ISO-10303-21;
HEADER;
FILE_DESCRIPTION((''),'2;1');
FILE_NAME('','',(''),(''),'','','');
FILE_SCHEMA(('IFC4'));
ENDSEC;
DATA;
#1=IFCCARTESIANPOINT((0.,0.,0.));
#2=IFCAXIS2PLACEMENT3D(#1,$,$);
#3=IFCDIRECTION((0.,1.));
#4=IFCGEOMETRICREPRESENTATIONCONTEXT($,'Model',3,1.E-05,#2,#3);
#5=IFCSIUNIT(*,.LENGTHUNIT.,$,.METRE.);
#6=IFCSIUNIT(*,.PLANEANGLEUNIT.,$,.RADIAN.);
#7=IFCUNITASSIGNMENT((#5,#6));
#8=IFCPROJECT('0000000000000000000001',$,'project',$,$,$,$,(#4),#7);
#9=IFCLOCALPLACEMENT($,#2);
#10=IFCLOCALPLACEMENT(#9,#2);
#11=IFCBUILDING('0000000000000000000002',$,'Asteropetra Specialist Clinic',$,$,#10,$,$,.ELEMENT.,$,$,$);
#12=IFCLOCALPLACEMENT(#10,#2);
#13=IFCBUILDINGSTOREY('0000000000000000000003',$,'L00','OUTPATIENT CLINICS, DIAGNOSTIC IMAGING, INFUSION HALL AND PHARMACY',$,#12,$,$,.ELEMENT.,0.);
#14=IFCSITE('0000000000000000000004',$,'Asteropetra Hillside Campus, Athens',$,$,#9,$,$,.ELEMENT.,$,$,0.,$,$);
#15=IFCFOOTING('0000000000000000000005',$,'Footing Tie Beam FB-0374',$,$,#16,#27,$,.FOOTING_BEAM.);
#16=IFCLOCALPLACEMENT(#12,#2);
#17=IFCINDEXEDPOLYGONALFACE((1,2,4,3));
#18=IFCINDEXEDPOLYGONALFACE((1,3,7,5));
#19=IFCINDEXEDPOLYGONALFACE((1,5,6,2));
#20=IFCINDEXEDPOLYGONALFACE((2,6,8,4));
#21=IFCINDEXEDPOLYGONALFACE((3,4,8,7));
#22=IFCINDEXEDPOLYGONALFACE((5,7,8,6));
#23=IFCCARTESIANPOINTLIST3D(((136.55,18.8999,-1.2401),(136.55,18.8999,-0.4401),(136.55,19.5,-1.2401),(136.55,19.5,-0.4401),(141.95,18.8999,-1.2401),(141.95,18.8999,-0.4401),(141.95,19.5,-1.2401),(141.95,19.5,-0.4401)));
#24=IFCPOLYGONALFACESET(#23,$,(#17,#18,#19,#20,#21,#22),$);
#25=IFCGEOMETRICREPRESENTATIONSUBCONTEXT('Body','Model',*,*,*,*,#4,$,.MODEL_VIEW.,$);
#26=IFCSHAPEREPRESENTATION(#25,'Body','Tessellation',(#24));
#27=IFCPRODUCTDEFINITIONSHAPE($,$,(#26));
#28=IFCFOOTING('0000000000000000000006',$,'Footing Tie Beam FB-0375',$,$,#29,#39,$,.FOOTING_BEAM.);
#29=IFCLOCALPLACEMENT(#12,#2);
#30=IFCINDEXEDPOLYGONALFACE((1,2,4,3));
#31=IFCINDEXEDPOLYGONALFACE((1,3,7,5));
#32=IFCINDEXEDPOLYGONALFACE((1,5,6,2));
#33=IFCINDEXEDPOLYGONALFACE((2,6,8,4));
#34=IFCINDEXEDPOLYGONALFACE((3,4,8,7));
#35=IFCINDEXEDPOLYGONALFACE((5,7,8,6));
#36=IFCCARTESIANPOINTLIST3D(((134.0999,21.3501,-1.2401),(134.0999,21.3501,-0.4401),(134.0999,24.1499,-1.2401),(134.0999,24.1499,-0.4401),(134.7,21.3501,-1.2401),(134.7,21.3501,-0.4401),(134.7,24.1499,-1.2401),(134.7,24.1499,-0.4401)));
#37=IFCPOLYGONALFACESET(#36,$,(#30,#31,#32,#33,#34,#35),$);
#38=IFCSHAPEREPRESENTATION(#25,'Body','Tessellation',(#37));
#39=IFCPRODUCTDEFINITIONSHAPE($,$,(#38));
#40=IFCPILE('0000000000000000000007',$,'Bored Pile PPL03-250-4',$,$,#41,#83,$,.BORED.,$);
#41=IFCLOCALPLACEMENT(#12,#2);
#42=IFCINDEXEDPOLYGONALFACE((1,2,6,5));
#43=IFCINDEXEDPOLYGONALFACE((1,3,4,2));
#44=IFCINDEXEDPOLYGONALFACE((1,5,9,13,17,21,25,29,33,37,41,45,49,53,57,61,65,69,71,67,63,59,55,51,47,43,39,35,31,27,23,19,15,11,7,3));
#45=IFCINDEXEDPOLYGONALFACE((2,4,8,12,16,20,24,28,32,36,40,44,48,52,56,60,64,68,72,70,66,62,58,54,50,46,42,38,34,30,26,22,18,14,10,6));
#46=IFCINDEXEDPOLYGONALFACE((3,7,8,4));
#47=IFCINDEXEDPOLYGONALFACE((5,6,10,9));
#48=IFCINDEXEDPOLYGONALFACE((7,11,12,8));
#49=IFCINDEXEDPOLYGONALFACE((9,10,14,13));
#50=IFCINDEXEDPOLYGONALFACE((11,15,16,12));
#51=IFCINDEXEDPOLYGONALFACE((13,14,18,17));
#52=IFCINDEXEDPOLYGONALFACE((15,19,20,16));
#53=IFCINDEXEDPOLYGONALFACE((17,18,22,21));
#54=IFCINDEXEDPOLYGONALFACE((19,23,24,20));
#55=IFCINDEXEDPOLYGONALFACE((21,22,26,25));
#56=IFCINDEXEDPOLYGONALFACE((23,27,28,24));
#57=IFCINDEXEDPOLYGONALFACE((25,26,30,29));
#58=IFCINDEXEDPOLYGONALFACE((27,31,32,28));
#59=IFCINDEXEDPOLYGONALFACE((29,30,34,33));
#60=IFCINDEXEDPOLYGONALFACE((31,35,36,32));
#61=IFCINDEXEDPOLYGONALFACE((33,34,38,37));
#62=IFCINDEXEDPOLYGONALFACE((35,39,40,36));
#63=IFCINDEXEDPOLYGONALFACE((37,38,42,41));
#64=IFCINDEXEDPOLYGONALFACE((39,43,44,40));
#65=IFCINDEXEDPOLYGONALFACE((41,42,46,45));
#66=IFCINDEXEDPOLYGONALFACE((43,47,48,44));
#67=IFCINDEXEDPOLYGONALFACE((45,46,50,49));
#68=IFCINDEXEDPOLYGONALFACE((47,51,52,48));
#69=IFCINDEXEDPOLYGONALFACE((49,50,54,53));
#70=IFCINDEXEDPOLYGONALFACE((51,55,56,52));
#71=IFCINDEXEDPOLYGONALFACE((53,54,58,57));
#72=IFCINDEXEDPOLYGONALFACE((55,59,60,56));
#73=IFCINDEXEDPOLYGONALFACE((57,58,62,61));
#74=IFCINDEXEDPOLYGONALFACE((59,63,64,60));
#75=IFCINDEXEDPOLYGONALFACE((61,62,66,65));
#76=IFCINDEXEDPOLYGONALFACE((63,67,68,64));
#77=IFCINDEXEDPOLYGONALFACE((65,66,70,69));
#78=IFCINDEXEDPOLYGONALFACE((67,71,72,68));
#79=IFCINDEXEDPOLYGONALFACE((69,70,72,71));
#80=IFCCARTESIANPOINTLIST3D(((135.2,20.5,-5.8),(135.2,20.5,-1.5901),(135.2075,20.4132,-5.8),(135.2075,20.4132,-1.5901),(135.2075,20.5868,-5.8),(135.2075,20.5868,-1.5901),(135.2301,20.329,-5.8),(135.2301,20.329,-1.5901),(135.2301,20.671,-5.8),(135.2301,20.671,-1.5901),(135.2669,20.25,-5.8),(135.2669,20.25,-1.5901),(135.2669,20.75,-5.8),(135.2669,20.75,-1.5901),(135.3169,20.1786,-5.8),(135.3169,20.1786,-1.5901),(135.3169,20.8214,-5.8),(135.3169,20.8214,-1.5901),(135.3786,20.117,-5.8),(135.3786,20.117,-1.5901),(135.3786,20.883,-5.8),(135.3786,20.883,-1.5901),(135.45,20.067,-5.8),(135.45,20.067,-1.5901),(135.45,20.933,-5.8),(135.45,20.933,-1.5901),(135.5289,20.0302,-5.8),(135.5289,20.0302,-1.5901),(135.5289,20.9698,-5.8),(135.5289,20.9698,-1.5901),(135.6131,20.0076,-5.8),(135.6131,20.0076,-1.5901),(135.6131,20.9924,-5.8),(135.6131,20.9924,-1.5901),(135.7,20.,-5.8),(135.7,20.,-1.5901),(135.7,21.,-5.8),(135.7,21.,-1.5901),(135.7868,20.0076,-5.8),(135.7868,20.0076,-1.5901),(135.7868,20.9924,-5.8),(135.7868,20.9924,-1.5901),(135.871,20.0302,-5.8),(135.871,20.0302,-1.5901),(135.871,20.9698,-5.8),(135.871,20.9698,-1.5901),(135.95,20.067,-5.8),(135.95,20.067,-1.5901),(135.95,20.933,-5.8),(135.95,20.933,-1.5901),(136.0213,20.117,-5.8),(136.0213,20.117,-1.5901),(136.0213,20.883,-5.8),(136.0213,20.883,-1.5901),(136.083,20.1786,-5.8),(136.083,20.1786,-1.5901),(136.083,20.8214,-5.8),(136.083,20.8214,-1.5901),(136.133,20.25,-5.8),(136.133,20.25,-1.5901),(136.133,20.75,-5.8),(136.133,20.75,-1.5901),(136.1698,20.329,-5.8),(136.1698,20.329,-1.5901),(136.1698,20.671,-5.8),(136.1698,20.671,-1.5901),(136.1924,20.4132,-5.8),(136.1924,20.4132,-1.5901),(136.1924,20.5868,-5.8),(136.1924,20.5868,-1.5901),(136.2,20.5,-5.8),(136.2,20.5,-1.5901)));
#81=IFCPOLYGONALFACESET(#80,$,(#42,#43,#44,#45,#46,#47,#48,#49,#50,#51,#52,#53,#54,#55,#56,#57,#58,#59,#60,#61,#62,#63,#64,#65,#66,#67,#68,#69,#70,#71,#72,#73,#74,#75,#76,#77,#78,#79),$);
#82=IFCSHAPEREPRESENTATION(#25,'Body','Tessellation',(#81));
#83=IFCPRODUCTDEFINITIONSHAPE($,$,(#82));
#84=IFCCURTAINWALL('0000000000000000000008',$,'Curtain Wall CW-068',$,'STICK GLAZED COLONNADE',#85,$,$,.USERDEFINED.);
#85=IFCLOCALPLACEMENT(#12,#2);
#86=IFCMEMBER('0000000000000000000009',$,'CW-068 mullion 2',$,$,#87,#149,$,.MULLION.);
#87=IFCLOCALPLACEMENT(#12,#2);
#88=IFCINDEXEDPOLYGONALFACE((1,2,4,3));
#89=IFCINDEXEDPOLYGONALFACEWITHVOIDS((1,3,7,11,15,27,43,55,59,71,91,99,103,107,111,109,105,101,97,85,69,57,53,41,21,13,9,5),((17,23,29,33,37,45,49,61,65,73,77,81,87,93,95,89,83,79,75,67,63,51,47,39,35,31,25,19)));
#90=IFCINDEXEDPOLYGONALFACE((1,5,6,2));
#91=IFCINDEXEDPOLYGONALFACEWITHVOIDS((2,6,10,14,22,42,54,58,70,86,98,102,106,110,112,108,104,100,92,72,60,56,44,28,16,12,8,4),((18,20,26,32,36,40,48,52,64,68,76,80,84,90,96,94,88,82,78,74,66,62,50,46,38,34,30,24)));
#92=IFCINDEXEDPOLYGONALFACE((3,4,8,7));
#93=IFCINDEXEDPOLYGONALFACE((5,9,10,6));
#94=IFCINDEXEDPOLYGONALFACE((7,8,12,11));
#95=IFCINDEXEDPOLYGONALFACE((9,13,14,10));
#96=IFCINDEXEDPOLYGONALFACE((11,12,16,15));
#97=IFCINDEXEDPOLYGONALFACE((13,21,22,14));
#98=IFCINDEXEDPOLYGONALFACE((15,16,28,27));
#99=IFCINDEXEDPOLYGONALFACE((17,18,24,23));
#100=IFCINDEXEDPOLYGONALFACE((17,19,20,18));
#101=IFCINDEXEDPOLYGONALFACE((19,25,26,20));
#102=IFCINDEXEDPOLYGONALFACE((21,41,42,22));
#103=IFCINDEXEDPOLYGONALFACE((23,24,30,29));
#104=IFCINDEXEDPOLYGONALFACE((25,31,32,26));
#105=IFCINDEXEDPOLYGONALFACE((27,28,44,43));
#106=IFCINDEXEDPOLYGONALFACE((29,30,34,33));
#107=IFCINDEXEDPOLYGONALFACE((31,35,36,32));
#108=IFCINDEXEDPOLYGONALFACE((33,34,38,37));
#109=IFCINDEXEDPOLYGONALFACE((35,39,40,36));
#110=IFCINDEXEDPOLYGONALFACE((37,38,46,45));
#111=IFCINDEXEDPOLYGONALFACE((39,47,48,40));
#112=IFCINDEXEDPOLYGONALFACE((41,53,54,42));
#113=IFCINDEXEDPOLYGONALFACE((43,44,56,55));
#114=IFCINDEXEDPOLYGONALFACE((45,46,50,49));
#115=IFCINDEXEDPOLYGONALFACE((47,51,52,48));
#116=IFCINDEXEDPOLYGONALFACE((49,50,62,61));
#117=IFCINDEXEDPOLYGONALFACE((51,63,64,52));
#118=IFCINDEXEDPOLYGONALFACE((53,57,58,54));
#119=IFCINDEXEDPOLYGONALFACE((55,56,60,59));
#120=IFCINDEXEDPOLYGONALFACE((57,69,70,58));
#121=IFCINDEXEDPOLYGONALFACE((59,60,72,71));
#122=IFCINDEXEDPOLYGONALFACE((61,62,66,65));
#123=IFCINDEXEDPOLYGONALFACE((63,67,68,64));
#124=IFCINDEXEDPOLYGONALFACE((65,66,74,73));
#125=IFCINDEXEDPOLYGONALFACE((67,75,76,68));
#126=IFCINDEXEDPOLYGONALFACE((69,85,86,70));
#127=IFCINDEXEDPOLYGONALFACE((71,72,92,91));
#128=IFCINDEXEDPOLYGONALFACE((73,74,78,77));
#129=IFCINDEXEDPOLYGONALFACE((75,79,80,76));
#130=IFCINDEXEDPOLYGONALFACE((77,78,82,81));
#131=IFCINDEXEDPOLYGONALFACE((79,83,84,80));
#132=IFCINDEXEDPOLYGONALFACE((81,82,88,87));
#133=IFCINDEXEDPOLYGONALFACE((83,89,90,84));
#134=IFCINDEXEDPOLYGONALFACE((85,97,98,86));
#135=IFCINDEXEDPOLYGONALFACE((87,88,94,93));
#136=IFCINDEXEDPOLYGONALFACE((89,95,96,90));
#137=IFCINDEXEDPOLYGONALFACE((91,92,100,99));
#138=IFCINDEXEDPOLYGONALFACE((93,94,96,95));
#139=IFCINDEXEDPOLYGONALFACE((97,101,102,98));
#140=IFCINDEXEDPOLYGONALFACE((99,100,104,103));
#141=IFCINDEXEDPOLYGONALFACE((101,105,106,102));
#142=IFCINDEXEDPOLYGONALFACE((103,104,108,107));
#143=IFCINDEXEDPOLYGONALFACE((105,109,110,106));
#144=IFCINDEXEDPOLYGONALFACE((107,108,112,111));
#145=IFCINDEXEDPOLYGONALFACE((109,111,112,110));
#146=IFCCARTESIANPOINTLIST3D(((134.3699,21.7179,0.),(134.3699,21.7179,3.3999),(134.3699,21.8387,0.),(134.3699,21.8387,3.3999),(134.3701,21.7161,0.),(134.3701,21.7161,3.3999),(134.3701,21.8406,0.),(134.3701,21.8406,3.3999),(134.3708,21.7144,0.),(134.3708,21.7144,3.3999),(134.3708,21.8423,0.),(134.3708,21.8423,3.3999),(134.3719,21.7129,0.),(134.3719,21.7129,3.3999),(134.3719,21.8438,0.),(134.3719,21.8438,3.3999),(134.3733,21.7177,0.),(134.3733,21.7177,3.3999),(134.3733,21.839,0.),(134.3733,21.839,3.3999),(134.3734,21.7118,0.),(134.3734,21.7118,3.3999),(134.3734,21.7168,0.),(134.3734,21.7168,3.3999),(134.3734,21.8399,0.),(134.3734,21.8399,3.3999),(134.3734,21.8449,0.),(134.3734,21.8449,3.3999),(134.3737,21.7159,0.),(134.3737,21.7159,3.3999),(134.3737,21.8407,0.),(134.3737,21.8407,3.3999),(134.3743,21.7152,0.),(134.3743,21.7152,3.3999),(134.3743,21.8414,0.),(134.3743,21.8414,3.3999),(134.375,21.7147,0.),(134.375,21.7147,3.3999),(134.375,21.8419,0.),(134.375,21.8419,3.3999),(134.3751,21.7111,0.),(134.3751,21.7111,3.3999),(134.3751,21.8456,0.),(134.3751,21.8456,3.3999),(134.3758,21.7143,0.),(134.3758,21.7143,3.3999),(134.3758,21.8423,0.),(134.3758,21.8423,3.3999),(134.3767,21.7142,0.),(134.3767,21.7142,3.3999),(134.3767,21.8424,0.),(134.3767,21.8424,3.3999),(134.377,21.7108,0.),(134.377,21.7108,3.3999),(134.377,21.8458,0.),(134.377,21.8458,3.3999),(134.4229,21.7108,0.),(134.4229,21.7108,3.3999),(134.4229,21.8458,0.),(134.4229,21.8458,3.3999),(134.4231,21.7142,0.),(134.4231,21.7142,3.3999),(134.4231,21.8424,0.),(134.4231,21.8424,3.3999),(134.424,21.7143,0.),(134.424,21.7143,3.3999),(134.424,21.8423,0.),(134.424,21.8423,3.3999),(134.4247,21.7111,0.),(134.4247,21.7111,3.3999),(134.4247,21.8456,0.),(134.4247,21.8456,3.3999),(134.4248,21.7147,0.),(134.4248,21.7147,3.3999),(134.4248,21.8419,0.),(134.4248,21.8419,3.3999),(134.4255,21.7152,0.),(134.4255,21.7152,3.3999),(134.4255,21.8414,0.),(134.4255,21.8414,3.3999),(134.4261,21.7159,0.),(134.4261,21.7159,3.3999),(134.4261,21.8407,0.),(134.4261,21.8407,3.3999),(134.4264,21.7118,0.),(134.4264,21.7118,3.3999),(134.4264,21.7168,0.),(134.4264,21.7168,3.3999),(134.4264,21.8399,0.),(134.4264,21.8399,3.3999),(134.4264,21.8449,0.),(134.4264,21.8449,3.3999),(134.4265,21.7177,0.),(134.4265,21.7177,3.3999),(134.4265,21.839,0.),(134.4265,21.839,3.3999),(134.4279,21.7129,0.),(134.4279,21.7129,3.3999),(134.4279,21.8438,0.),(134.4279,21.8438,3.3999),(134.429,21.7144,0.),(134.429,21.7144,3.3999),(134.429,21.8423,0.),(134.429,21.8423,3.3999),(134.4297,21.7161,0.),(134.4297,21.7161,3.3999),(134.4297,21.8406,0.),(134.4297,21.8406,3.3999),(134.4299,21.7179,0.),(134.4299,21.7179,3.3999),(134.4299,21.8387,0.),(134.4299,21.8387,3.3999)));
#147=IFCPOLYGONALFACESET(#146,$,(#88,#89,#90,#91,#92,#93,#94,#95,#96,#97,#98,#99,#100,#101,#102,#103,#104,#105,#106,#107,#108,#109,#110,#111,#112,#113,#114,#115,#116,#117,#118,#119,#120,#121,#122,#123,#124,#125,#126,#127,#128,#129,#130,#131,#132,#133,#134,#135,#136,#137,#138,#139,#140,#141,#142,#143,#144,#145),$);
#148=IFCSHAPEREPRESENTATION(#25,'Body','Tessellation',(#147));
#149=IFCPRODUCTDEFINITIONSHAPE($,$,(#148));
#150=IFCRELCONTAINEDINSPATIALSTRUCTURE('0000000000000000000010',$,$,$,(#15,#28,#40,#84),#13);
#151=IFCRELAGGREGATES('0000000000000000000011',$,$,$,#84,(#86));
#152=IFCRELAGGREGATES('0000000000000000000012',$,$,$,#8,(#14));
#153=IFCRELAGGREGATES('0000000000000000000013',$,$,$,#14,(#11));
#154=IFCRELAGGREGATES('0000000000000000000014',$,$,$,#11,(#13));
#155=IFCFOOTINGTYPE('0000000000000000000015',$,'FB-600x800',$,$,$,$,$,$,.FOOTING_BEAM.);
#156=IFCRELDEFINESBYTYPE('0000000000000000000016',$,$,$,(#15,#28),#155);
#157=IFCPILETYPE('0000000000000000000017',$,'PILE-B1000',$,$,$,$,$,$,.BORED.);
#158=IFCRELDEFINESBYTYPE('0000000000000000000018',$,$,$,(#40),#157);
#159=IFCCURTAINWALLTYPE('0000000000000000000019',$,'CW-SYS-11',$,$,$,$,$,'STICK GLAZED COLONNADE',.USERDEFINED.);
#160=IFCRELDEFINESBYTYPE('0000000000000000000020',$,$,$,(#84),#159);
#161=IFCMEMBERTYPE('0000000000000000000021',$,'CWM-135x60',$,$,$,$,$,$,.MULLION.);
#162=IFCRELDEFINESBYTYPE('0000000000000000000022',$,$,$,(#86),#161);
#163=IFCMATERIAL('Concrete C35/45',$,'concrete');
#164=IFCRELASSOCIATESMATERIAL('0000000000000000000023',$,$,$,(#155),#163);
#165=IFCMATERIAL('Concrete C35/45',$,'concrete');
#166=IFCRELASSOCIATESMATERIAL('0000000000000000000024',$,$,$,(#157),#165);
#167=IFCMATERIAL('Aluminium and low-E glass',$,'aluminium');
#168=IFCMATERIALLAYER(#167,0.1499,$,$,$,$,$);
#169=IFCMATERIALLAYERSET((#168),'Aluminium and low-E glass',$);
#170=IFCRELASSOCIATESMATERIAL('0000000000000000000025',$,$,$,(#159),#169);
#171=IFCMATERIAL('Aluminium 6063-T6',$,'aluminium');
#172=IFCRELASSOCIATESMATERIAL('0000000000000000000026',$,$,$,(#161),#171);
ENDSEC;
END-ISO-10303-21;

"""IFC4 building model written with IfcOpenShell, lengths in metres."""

from ifc_helpers import new_model, si_unit, direction, frame, origin, origin_2d, place, context, subcontext, project, spatial, rectangle, hollow_rectangle, circle, extrude, material, layer, layer_set, material_profile, profile_set, type_object, element, aggregate, save


model = new_model("IFC4")

# Units and contexts
model_context = context("Model", 3, precision=1e-05, world=origin(), true_north=direction((0.0, 1.0)))
body_context = subcontext(model_context, "Body", "Model", "MODEL_VIEW")
ifc_project = project(units=[si_unit("LENGTHUNIT", "METRE"), si_unit("PLANEANGLEUNIT", "RADIAN")], contexts=[model_context])

# Site, building, storey
site_placement = place(None, origin())
site = spatial("IfcSite", under=ifc_project, at=site_placement, Name="Asteropetra Hillside Campus, Athens", CompositionType="ELEMENT", RefElevation=0.0)
building_placement = place(site_placement, origin())
building = spatial("IfcBuilding", under=site, at=building_placement, Name="Asteropetra Specialist Clinic", CompositionType="ELEMENT")
storey_placement = place(building_placement, origin())
storey = spatial("IfcBuildingStorey", under=building, at=storey_placement, Name="L00", Description="OUTPATIENT CLINICS, DIAGNOSTIC IMAGING, INFUSION HALL AND PHARMACY", CompositionType="ELEMENT", Elevation=0.0)

# Footings
ifc_material_1 = material(Name="Concrete C35/45", Category="concrete")
ifc_material_profile_1 = material_profile(ifc_material_1, rectangle(XDim=0.6001, YDim=0.8, at=origin_2d()), Name="FB 600x800")
ifc_profile_set_1 = profile_set([ifc_material_profile_1], Name="Concrete C35/45")
footing_type = type_object("IfcFootingType", Name="FB-600x800", PredefinedType="FOOTING_BEAM", material=ifc_profile_set_1)
footing_1_placement = place(storey_placement, frame((136.55, 19.2, -0.8401), z_axis=(1.0, 0.0, 0.0), x_axis=(0.0, 1.0, 0.0)))
element("IfcFooting", 1, at=footing_1_placement, inside=storey, type_object=footing_type, Name="Footing Tie Beam FB-0374", PredefinedType="FOOTING_BEAM", context=body_context, shape_type="SweptSolid", body=[
    extrude(rectangle(XDim=0.6001, YDim=0.8, at=origin_2d()), origin(), (0.0, 0.0, 1.0), 5.3999),
])
footing_2_placement = place(storey_placement, frame((134.3999, 21.3501, -0.8401), z_axis=(0.0, 1.0, 0.0), x_axis=(-1.0, 0.0, 0.0)))
element("IfcFooting", 2, at=footing_2_placement, inside=storey, type_object=footing_type, Name="Footing Tie Beam FB-0375", PredefinedType="FOOTING_BEAM", context=body_context, shape_type="SweptSolid", body=[
    extrude(rectangle(XDim=0.6001, YDim=0.8, at=origin_2d()), origin(), (0.0, 0.0, 1.0), 2.7998),
])

# Pile
ifc_material_2 = material(Name="Concrete C35/45", Category="concrete")
ifc_material_profile_2 = material_profile(ifc_material_2, circle(Radius=0.5, at=origin_2d()), Name="PILE D1000")
ifc_profile_set_2 = profile_set([ifc_material_profile_2], Name="Concrete C35/45")
pile_type = type_object("IfcPileType", Name="PILE-B1000", PredefinedType="BORED", material=ifc_profile_set_2)
pile_placement = place(storey_placement, frame((135.7, 20.5, -1.5901), z_axis=(0.0, 0.0, -1.0), x_axis=(1.0, 0.0, 0.0)))
element("IfcPile", 3, at=pile_placement, inside=storey, type_object=pile_type, Name="Bored Pile PPL03-250-4", PredefinedType="BORED", context=body_context, shape_type="SweptSolid", body=[
    extrude(circle(Radius=0.5, at=origin_2d()), origin(), (0.0, 0.0, 1.0), 4.21),
])

# Curtain wall, member
ifc_material_3 = material(Name="Aluminium and low-E glass", Category="aluminium")
ifc_layer_1 = layer(ifc_material_3, 0.1499)
ifc_layer_set_1 = layer_set([ifc_layer_1], Name="Aluminium and low-E glass")
curtain_wall_type = type_object("IfcCurtainWallType", Name="CW-SYS-11", ElementType="STICK GLAZED COLONNADE", PredefinedType="USERDEFINED", material=ifc_layer_set_1)
curtain_wall_placement = place(storey_placement, origin())
curtain_wall = element("IfcCurtainWall", 4, at=curtain_wall_placement, inside=storey, type_object=curtain_wall_type, Name="Curtain Wall CW-068", ObjectType="STICK GLAZED COLONNADE", PredefinedType="USERDEFINED")
ifc_material_4 = material(Name="Aluminium 6063-T6", Category="aluminium")
ifc_material_profile_3 = material_profile(ifc_material_4, hollow_rectangle(XDim=0.0601, YDim=0.135, WallThickness=0.0034, InnerFilletRadius=0.0034, OuterFilletRadius=0.0071, at=origin_2d()), Name="MUL 135x60x3.5")
ifc_profile_set_3 = profile_set([ifc_material_profile_3], Name="Aluminium 6063-T6")
member_type_1 = type_object("IfcMemberType", Name="CWM-135x60", PredefinedType="MULLION", material=ifc_profile_set_3)
member_1_placement = place(storey_placement, frame((134.3999, 21.7783, 0.0), z_axis=(0.0, 0.0, 1.0), x_axis=(-1.0, 0.0, 0.0)))
member_1 = element("IfcMember", 5, at=member_1_placement, type_object=member_type_1, Name="CW-068 mullion 2", PredefinedType="MULLION", context=body_context, shape_type="SweptSolid", body=[
    extrude(hollow_rectangle(XDim=0.0601, YDim=0.135, WallThickness=0.0034, InnerFilletRadius=0.0034, OuterFilletRadius=0.0071, at=origin_2d()), origin(), (0.0, 0.0, 1.0), 3.3999),
])
aggregate(curtain_wall, [member_1])

save(model, "model.ifc")
